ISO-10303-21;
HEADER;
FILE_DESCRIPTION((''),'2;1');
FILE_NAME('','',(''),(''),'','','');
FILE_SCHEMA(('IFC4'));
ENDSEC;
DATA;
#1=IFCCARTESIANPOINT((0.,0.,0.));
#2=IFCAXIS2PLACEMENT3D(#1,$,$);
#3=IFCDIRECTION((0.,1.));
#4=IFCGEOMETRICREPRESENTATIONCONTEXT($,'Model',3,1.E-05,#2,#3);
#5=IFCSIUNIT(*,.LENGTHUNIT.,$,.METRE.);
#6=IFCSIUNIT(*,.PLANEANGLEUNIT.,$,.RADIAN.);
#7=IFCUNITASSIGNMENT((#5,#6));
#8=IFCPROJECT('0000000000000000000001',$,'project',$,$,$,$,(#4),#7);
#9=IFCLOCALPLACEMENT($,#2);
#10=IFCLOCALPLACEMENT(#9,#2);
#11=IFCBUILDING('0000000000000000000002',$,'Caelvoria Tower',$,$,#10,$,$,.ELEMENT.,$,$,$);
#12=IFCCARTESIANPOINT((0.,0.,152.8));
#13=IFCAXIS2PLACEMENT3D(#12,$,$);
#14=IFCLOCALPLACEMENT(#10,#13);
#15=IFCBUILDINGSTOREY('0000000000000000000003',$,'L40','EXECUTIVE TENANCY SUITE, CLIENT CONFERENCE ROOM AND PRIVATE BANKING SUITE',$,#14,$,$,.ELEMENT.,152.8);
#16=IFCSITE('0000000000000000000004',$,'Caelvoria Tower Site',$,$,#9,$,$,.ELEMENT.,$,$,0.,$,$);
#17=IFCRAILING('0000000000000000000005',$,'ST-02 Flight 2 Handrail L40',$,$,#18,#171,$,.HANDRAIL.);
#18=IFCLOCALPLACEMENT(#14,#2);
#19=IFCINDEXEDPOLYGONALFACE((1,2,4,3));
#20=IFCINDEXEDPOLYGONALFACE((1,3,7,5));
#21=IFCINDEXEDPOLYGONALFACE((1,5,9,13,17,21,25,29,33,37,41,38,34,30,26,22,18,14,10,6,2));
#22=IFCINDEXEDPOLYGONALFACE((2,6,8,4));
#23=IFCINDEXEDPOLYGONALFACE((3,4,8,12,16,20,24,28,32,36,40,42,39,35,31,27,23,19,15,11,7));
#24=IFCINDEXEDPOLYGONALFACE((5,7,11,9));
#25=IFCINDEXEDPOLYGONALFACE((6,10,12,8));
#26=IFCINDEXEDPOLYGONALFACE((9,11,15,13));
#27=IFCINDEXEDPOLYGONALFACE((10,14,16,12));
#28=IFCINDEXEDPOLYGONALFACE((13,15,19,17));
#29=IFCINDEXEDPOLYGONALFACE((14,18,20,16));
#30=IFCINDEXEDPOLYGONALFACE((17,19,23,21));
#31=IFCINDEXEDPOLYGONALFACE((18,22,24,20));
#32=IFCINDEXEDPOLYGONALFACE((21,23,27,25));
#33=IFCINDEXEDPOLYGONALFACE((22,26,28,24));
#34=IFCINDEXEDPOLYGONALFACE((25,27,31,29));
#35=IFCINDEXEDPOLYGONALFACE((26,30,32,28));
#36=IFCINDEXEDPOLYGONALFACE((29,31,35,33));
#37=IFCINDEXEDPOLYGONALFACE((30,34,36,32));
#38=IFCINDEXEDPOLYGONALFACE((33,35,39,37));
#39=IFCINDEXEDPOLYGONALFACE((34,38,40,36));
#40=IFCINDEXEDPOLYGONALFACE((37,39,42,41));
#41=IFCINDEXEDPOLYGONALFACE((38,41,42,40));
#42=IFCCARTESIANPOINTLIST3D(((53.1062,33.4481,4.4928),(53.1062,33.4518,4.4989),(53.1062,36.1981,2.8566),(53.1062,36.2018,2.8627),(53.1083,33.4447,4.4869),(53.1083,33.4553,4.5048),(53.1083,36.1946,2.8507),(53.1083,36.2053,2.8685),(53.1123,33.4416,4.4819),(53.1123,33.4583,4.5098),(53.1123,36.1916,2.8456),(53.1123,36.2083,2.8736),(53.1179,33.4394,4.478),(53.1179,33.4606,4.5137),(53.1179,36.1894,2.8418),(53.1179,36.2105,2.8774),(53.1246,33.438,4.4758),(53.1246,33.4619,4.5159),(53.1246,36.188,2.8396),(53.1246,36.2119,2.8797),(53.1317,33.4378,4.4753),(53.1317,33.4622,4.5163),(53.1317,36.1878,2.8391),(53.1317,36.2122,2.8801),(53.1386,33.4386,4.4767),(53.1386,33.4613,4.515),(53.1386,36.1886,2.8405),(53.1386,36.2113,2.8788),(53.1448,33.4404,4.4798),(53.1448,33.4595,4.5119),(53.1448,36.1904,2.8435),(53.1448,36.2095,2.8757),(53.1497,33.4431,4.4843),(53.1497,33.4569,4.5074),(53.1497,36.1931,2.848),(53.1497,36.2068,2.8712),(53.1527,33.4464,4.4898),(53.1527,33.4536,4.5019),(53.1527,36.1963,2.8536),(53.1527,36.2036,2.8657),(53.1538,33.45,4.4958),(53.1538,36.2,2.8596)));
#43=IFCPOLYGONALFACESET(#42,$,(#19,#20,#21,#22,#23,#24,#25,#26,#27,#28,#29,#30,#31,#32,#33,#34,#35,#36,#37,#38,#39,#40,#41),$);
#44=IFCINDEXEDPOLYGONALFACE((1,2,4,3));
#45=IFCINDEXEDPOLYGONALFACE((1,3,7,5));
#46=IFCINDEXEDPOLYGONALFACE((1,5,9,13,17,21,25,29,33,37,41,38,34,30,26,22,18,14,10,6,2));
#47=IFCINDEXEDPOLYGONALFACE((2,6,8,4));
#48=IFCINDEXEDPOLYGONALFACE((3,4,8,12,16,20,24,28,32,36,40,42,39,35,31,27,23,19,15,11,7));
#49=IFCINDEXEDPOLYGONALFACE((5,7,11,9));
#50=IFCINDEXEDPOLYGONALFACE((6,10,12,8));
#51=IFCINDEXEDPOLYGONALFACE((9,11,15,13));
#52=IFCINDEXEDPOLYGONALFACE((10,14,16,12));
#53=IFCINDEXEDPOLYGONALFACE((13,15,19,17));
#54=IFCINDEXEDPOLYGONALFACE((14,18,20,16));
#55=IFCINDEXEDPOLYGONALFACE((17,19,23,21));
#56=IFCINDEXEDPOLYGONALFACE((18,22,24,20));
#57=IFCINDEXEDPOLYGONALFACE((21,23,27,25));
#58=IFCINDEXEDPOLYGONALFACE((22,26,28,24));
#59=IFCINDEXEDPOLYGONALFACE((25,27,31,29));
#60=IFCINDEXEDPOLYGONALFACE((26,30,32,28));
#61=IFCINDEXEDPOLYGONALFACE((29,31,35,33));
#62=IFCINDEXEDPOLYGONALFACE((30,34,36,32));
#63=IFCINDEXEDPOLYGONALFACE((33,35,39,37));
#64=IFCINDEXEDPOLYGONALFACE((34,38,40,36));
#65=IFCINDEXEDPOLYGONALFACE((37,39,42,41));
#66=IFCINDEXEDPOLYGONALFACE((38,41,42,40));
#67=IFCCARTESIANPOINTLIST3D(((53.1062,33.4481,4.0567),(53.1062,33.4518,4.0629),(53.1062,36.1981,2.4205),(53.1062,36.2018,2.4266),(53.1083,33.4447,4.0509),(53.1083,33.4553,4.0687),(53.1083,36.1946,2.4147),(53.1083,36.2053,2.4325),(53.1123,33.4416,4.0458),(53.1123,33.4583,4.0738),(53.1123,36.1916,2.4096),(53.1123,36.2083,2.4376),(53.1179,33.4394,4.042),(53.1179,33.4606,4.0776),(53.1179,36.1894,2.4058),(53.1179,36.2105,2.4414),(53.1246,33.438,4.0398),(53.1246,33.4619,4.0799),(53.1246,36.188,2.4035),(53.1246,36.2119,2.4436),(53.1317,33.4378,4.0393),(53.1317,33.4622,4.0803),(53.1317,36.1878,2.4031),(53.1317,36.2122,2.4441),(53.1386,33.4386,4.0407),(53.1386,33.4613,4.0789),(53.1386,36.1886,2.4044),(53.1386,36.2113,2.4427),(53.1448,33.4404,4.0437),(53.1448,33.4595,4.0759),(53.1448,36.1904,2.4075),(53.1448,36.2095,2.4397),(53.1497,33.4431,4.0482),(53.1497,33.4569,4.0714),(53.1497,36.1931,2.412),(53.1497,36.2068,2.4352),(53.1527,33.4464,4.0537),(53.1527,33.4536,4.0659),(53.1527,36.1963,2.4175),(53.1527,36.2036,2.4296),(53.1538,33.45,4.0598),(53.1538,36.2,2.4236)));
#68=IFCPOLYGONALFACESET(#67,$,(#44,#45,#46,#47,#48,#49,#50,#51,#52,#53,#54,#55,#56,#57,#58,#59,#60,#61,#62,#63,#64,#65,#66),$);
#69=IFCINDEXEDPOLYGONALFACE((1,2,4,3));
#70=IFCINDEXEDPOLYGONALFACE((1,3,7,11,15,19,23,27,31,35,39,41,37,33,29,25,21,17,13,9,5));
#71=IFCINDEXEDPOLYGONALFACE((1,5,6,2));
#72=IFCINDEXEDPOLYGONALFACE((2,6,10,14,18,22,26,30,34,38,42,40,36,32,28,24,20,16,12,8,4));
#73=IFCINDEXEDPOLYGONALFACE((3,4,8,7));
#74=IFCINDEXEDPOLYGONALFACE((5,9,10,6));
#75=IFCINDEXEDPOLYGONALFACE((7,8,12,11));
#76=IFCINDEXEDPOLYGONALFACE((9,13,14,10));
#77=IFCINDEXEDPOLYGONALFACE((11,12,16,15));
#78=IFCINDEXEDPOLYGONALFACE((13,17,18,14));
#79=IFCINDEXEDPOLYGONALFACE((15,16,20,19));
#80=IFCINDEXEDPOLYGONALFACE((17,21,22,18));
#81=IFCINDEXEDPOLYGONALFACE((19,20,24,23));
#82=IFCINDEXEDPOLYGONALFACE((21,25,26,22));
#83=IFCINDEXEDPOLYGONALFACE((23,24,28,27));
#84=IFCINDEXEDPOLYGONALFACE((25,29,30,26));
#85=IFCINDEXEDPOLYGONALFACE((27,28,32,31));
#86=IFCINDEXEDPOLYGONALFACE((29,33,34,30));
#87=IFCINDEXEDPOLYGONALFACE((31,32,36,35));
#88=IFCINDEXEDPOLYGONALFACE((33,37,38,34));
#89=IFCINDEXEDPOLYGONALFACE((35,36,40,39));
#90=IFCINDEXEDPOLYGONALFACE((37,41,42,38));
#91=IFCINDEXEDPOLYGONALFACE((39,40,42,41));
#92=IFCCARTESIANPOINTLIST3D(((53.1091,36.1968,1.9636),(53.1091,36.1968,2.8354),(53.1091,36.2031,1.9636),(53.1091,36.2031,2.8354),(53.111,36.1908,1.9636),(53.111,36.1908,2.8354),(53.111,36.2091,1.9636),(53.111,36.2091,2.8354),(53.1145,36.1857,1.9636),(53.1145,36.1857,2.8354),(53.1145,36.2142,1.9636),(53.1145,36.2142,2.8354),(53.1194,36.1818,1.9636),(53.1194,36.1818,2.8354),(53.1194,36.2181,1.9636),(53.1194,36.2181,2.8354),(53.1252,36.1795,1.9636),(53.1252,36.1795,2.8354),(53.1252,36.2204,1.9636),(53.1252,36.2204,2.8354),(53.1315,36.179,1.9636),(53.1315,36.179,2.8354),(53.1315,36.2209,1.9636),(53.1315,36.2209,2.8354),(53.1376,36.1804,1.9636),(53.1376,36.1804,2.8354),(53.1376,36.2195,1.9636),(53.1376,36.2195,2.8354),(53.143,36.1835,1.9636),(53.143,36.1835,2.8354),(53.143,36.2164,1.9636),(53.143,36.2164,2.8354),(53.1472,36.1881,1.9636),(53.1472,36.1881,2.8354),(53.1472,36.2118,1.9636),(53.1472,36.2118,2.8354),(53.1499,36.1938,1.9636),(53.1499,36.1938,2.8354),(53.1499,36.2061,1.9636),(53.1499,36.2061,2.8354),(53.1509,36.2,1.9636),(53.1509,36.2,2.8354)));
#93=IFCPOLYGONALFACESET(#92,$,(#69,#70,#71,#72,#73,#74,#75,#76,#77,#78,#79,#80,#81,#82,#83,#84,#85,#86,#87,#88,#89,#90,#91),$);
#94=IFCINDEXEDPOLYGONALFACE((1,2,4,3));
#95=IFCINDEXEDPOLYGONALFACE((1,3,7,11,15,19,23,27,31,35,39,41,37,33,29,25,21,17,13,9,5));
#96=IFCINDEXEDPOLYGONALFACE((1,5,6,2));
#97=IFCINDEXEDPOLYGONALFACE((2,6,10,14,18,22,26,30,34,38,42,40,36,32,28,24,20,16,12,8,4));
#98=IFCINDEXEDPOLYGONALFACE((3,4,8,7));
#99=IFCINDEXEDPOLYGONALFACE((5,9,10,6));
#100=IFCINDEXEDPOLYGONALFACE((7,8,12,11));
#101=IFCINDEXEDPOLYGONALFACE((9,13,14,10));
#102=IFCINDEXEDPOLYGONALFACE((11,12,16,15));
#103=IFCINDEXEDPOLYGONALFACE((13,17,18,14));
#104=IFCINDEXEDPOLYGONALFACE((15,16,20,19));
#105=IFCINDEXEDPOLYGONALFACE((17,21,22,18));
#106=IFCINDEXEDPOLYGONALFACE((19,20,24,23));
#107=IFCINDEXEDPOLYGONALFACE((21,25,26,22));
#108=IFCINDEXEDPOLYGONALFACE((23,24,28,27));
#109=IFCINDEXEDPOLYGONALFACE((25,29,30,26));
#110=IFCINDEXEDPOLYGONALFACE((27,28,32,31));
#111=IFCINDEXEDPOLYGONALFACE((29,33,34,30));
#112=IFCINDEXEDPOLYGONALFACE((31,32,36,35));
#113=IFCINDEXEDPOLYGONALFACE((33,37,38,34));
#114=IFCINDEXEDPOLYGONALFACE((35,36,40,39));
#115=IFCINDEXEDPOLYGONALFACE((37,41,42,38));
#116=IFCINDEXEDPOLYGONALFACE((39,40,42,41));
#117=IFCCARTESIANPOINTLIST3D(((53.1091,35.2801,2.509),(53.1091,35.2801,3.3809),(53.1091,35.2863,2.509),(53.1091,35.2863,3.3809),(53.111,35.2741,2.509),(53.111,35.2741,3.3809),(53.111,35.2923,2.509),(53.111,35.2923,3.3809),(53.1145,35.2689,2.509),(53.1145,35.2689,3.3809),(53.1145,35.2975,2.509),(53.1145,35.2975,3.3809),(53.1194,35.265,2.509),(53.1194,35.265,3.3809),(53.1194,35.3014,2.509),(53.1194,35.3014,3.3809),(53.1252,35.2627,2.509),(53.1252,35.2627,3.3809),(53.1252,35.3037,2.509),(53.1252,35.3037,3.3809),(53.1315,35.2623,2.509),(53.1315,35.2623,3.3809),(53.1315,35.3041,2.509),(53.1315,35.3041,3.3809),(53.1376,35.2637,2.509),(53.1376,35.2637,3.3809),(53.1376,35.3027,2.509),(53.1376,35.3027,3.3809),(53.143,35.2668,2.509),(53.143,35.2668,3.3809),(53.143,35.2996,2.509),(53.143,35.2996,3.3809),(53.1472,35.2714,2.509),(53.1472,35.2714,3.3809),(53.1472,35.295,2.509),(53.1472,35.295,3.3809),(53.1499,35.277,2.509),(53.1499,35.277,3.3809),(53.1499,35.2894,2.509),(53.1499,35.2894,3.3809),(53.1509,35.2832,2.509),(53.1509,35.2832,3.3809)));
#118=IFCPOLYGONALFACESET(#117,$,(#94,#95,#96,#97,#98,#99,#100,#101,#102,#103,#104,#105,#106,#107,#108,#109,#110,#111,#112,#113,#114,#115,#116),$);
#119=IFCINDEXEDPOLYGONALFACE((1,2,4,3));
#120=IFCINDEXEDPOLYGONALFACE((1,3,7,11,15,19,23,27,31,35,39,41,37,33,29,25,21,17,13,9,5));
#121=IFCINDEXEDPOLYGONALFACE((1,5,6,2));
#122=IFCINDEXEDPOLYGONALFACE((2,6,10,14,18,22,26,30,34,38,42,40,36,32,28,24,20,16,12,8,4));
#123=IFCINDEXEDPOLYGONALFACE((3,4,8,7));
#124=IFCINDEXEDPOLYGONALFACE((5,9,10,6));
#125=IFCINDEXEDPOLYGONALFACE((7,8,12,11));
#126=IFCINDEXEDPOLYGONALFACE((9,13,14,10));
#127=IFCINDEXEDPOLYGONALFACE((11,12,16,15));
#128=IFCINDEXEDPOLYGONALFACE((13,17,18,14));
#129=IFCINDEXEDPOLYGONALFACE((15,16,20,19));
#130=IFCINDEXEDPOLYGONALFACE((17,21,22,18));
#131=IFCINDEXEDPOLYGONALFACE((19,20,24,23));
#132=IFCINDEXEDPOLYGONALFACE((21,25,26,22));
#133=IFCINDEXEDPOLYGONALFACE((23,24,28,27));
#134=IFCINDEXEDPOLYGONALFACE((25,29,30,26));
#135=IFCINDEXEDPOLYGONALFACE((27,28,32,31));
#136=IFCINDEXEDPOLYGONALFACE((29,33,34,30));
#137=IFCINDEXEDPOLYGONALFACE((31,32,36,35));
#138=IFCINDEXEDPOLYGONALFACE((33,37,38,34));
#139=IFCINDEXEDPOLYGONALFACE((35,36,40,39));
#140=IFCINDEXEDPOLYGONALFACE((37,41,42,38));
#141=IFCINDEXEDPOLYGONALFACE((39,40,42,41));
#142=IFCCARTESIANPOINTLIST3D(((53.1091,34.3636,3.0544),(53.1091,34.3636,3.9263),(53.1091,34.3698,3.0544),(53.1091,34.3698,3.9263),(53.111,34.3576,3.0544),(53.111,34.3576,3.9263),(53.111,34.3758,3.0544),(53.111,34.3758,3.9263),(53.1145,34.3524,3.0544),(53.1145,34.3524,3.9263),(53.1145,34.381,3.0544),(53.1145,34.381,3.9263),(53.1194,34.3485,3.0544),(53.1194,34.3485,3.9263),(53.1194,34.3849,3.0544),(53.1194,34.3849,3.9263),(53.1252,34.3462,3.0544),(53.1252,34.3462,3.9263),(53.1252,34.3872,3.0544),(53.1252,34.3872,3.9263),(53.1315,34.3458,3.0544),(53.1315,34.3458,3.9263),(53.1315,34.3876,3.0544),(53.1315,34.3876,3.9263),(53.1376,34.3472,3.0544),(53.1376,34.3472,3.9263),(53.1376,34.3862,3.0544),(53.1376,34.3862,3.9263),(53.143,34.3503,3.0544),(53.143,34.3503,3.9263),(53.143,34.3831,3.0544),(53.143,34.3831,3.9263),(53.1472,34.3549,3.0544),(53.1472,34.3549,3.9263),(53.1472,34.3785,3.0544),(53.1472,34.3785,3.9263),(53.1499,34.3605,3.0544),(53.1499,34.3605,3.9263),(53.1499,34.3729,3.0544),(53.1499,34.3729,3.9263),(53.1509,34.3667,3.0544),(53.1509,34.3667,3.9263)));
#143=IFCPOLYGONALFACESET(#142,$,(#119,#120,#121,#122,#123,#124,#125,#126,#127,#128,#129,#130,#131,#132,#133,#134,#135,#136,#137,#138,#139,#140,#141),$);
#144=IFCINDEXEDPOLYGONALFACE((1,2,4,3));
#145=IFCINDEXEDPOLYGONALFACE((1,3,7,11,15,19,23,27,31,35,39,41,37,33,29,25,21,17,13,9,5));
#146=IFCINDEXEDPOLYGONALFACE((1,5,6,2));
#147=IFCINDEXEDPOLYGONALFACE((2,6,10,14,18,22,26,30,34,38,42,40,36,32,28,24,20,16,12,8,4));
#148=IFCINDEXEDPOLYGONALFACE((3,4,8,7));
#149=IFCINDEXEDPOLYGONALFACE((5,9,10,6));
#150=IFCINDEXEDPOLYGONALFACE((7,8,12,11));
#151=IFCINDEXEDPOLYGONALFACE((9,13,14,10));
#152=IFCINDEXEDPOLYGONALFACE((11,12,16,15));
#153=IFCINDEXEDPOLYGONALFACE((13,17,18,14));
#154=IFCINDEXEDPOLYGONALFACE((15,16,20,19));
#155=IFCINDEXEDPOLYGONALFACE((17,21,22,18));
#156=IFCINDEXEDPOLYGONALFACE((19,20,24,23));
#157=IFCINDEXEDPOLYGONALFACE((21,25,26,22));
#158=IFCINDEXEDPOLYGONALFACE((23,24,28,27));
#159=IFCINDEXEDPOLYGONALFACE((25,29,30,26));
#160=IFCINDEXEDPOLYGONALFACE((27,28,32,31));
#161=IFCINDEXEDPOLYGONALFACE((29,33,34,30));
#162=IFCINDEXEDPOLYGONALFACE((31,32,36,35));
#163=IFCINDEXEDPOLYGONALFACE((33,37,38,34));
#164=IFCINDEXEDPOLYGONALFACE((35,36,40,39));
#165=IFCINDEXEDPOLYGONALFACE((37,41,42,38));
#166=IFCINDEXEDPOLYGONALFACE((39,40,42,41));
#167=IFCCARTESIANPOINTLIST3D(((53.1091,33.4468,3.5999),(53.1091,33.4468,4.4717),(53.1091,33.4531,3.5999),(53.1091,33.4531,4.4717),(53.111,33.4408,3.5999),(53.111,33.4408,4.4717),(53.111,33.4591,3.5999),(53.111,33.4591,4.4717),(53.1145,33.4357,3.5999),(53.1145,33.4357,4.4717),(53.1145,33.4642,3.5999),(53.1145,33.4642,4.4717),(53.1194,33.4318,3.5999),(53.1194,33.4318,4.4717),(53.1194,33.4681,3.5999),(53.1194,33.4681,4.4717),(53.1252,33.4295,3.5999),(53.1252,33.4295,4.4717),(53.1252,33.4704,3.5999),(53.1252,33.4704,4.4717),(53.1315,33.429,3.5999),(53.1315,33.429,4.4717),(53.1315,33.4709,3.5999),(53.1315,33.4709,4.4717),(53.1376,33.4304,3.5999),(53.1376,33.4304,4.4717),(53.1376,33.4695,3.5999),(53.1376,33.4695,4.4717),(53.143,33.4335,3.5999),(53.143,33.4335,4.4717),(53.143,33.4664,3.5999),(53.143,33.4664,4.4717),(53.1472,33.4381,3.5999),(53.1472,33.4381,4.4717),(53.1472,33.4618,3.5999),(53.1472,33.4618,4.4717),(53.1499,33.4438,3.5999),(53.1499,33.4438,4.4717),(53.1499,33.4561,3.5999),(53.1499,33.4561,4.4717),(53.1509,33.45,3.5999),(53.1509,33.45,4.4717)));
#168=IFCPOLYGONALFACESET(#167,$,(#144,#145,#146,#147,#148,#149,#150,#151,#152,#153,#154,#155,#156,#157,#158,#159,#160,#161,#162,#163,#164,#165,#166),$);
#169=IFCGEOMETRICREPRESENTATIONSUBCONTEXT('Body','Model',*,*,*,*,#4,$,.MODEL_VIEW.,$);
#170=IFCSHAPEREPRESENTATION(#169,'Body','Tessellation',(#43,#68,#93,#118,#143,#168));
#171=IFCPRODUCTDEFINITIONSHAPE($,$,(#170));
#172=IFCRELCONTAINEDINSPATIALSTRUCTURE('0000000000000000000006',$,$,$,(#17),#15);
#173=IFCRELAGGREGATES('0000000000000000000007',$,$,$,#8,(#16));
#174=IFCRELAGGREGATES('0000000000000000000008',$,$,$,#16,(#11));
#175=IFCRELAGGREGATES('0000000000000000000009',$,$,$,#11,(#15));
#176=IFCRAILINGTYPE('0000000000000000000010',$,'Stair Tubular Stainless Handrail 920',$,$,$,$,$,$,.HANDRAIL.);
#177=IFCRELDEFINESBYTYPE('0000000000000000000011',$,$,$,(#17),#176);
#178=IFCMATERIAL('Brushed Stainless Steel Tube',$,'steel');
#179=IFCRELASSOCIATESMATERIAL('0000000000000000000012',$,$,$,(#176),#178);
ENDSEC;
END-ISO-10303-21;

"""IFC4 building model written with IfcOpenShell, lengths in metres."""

from ifc_helpers import new_model, si_unit, direction, frame, origin, origin_2d, place, context, subcontext, project, spatial, circle, extrude, material, type_object, element, save


model = new_model("IFC4")

# Units and contexts
model_context = context("Model", 3, precision=1e-05, world=origin(), true_north=direction((0.0, 1.0)))
body_context = subcontext(model_context, "Body", "Model", "MODEL_VIEW")
ifc_project = project(units=[si_unit("LENGTHUNIT", "METRE"), si_unit("PLANEANGLEUNIT", "RADIAN")], contexts=[model_context])

# Site, building, storey
site_placement = place(None, origin())
site = spatial("IfcSite", under=ifc_project, at=site_placement, Name="Caelvoria Tower Site", CompositionType="ELEMENT", RefElevation=0.0)
building_placement = place(site_placement, origin())
building = spatial("IfcBuilding", under=site, at=building_placement, Name="Caelvoria Tower", CompositionType="ELEMENT")
storey_placement = place(building_placement, frame((0.0, 0.0, 152.8)))
storey = spatial("IfcBuildingStorey", under=building, at=storey_placement, Name="L40", Description="EXECUTIVE TENANCY SUITE, CLIENT CONFERENCE ROOM AND PRIVATE BANKING SUITE", CompositionType="ELEMENT", Elevation=152.8)

# Railing
ifc_material_1 = material(Name="Brushed Stainless Steel Tube", Category="steel")
railing_type_1 = type_object("IfcRailingType", Name="Stair Tubular Stainless Handrail 920", PredefinedType="HANDRAIL", material=ifc_material_1)
railing_1_placement = place(storey_placement, frame((53.1299, 36.2, 1.9636)))
element("IfcRailing", 1, at=railing_1_placement, inside=storey, type_object=railing_type_1, Name="ST-02 Flight 2 Handrail L40", PredefinedType="HANDRAIL", context=body_context, shape_type="SweptSolid", body=[
    extrude(circle(Radius=0.0239, at=origin_2d()), frame((0.0, 0.0, 0.896), z_axis=(0.0, -0.859385, 0.511328), x_axis=(1.0, 0.0, 0.0)), (0.0, 0.0, 1.0), 3.2),
    extrude(circle(Radius=0.0239, at=origin_2d()), frame((0.0, 0.0, 0.46), z_axis=(0.0, -0.859385, 0.511328), x_axis=(1.0, 0.0, 0.0)), (0.0, 0.0, 1.0), 3.2),
    extrude(circle(Radius=0.021, at=origin_2d()), origin(), (0.0, 0.0, 1.0), 0.8718),
    extrude(circle(Radius=0.021, at=origin_2d()), frame((0.0, -0.9167, 0.5454)), (0.0, 0.0, 1.0), 0.8718),
    extrude(circle(Radius=0.021, at=origin_2d()), frame((0.0, -1.8333, 1.0908)), (0.0, 0.0, 1.0), 0.8718),
    extrude(circle(Radius=0.021, at=origin_2d()), frame((0.0, -2.75, 1.6362)), (0.0, 0.0, 1.0), 0.8718),
])

save(model, "model.ifc")
